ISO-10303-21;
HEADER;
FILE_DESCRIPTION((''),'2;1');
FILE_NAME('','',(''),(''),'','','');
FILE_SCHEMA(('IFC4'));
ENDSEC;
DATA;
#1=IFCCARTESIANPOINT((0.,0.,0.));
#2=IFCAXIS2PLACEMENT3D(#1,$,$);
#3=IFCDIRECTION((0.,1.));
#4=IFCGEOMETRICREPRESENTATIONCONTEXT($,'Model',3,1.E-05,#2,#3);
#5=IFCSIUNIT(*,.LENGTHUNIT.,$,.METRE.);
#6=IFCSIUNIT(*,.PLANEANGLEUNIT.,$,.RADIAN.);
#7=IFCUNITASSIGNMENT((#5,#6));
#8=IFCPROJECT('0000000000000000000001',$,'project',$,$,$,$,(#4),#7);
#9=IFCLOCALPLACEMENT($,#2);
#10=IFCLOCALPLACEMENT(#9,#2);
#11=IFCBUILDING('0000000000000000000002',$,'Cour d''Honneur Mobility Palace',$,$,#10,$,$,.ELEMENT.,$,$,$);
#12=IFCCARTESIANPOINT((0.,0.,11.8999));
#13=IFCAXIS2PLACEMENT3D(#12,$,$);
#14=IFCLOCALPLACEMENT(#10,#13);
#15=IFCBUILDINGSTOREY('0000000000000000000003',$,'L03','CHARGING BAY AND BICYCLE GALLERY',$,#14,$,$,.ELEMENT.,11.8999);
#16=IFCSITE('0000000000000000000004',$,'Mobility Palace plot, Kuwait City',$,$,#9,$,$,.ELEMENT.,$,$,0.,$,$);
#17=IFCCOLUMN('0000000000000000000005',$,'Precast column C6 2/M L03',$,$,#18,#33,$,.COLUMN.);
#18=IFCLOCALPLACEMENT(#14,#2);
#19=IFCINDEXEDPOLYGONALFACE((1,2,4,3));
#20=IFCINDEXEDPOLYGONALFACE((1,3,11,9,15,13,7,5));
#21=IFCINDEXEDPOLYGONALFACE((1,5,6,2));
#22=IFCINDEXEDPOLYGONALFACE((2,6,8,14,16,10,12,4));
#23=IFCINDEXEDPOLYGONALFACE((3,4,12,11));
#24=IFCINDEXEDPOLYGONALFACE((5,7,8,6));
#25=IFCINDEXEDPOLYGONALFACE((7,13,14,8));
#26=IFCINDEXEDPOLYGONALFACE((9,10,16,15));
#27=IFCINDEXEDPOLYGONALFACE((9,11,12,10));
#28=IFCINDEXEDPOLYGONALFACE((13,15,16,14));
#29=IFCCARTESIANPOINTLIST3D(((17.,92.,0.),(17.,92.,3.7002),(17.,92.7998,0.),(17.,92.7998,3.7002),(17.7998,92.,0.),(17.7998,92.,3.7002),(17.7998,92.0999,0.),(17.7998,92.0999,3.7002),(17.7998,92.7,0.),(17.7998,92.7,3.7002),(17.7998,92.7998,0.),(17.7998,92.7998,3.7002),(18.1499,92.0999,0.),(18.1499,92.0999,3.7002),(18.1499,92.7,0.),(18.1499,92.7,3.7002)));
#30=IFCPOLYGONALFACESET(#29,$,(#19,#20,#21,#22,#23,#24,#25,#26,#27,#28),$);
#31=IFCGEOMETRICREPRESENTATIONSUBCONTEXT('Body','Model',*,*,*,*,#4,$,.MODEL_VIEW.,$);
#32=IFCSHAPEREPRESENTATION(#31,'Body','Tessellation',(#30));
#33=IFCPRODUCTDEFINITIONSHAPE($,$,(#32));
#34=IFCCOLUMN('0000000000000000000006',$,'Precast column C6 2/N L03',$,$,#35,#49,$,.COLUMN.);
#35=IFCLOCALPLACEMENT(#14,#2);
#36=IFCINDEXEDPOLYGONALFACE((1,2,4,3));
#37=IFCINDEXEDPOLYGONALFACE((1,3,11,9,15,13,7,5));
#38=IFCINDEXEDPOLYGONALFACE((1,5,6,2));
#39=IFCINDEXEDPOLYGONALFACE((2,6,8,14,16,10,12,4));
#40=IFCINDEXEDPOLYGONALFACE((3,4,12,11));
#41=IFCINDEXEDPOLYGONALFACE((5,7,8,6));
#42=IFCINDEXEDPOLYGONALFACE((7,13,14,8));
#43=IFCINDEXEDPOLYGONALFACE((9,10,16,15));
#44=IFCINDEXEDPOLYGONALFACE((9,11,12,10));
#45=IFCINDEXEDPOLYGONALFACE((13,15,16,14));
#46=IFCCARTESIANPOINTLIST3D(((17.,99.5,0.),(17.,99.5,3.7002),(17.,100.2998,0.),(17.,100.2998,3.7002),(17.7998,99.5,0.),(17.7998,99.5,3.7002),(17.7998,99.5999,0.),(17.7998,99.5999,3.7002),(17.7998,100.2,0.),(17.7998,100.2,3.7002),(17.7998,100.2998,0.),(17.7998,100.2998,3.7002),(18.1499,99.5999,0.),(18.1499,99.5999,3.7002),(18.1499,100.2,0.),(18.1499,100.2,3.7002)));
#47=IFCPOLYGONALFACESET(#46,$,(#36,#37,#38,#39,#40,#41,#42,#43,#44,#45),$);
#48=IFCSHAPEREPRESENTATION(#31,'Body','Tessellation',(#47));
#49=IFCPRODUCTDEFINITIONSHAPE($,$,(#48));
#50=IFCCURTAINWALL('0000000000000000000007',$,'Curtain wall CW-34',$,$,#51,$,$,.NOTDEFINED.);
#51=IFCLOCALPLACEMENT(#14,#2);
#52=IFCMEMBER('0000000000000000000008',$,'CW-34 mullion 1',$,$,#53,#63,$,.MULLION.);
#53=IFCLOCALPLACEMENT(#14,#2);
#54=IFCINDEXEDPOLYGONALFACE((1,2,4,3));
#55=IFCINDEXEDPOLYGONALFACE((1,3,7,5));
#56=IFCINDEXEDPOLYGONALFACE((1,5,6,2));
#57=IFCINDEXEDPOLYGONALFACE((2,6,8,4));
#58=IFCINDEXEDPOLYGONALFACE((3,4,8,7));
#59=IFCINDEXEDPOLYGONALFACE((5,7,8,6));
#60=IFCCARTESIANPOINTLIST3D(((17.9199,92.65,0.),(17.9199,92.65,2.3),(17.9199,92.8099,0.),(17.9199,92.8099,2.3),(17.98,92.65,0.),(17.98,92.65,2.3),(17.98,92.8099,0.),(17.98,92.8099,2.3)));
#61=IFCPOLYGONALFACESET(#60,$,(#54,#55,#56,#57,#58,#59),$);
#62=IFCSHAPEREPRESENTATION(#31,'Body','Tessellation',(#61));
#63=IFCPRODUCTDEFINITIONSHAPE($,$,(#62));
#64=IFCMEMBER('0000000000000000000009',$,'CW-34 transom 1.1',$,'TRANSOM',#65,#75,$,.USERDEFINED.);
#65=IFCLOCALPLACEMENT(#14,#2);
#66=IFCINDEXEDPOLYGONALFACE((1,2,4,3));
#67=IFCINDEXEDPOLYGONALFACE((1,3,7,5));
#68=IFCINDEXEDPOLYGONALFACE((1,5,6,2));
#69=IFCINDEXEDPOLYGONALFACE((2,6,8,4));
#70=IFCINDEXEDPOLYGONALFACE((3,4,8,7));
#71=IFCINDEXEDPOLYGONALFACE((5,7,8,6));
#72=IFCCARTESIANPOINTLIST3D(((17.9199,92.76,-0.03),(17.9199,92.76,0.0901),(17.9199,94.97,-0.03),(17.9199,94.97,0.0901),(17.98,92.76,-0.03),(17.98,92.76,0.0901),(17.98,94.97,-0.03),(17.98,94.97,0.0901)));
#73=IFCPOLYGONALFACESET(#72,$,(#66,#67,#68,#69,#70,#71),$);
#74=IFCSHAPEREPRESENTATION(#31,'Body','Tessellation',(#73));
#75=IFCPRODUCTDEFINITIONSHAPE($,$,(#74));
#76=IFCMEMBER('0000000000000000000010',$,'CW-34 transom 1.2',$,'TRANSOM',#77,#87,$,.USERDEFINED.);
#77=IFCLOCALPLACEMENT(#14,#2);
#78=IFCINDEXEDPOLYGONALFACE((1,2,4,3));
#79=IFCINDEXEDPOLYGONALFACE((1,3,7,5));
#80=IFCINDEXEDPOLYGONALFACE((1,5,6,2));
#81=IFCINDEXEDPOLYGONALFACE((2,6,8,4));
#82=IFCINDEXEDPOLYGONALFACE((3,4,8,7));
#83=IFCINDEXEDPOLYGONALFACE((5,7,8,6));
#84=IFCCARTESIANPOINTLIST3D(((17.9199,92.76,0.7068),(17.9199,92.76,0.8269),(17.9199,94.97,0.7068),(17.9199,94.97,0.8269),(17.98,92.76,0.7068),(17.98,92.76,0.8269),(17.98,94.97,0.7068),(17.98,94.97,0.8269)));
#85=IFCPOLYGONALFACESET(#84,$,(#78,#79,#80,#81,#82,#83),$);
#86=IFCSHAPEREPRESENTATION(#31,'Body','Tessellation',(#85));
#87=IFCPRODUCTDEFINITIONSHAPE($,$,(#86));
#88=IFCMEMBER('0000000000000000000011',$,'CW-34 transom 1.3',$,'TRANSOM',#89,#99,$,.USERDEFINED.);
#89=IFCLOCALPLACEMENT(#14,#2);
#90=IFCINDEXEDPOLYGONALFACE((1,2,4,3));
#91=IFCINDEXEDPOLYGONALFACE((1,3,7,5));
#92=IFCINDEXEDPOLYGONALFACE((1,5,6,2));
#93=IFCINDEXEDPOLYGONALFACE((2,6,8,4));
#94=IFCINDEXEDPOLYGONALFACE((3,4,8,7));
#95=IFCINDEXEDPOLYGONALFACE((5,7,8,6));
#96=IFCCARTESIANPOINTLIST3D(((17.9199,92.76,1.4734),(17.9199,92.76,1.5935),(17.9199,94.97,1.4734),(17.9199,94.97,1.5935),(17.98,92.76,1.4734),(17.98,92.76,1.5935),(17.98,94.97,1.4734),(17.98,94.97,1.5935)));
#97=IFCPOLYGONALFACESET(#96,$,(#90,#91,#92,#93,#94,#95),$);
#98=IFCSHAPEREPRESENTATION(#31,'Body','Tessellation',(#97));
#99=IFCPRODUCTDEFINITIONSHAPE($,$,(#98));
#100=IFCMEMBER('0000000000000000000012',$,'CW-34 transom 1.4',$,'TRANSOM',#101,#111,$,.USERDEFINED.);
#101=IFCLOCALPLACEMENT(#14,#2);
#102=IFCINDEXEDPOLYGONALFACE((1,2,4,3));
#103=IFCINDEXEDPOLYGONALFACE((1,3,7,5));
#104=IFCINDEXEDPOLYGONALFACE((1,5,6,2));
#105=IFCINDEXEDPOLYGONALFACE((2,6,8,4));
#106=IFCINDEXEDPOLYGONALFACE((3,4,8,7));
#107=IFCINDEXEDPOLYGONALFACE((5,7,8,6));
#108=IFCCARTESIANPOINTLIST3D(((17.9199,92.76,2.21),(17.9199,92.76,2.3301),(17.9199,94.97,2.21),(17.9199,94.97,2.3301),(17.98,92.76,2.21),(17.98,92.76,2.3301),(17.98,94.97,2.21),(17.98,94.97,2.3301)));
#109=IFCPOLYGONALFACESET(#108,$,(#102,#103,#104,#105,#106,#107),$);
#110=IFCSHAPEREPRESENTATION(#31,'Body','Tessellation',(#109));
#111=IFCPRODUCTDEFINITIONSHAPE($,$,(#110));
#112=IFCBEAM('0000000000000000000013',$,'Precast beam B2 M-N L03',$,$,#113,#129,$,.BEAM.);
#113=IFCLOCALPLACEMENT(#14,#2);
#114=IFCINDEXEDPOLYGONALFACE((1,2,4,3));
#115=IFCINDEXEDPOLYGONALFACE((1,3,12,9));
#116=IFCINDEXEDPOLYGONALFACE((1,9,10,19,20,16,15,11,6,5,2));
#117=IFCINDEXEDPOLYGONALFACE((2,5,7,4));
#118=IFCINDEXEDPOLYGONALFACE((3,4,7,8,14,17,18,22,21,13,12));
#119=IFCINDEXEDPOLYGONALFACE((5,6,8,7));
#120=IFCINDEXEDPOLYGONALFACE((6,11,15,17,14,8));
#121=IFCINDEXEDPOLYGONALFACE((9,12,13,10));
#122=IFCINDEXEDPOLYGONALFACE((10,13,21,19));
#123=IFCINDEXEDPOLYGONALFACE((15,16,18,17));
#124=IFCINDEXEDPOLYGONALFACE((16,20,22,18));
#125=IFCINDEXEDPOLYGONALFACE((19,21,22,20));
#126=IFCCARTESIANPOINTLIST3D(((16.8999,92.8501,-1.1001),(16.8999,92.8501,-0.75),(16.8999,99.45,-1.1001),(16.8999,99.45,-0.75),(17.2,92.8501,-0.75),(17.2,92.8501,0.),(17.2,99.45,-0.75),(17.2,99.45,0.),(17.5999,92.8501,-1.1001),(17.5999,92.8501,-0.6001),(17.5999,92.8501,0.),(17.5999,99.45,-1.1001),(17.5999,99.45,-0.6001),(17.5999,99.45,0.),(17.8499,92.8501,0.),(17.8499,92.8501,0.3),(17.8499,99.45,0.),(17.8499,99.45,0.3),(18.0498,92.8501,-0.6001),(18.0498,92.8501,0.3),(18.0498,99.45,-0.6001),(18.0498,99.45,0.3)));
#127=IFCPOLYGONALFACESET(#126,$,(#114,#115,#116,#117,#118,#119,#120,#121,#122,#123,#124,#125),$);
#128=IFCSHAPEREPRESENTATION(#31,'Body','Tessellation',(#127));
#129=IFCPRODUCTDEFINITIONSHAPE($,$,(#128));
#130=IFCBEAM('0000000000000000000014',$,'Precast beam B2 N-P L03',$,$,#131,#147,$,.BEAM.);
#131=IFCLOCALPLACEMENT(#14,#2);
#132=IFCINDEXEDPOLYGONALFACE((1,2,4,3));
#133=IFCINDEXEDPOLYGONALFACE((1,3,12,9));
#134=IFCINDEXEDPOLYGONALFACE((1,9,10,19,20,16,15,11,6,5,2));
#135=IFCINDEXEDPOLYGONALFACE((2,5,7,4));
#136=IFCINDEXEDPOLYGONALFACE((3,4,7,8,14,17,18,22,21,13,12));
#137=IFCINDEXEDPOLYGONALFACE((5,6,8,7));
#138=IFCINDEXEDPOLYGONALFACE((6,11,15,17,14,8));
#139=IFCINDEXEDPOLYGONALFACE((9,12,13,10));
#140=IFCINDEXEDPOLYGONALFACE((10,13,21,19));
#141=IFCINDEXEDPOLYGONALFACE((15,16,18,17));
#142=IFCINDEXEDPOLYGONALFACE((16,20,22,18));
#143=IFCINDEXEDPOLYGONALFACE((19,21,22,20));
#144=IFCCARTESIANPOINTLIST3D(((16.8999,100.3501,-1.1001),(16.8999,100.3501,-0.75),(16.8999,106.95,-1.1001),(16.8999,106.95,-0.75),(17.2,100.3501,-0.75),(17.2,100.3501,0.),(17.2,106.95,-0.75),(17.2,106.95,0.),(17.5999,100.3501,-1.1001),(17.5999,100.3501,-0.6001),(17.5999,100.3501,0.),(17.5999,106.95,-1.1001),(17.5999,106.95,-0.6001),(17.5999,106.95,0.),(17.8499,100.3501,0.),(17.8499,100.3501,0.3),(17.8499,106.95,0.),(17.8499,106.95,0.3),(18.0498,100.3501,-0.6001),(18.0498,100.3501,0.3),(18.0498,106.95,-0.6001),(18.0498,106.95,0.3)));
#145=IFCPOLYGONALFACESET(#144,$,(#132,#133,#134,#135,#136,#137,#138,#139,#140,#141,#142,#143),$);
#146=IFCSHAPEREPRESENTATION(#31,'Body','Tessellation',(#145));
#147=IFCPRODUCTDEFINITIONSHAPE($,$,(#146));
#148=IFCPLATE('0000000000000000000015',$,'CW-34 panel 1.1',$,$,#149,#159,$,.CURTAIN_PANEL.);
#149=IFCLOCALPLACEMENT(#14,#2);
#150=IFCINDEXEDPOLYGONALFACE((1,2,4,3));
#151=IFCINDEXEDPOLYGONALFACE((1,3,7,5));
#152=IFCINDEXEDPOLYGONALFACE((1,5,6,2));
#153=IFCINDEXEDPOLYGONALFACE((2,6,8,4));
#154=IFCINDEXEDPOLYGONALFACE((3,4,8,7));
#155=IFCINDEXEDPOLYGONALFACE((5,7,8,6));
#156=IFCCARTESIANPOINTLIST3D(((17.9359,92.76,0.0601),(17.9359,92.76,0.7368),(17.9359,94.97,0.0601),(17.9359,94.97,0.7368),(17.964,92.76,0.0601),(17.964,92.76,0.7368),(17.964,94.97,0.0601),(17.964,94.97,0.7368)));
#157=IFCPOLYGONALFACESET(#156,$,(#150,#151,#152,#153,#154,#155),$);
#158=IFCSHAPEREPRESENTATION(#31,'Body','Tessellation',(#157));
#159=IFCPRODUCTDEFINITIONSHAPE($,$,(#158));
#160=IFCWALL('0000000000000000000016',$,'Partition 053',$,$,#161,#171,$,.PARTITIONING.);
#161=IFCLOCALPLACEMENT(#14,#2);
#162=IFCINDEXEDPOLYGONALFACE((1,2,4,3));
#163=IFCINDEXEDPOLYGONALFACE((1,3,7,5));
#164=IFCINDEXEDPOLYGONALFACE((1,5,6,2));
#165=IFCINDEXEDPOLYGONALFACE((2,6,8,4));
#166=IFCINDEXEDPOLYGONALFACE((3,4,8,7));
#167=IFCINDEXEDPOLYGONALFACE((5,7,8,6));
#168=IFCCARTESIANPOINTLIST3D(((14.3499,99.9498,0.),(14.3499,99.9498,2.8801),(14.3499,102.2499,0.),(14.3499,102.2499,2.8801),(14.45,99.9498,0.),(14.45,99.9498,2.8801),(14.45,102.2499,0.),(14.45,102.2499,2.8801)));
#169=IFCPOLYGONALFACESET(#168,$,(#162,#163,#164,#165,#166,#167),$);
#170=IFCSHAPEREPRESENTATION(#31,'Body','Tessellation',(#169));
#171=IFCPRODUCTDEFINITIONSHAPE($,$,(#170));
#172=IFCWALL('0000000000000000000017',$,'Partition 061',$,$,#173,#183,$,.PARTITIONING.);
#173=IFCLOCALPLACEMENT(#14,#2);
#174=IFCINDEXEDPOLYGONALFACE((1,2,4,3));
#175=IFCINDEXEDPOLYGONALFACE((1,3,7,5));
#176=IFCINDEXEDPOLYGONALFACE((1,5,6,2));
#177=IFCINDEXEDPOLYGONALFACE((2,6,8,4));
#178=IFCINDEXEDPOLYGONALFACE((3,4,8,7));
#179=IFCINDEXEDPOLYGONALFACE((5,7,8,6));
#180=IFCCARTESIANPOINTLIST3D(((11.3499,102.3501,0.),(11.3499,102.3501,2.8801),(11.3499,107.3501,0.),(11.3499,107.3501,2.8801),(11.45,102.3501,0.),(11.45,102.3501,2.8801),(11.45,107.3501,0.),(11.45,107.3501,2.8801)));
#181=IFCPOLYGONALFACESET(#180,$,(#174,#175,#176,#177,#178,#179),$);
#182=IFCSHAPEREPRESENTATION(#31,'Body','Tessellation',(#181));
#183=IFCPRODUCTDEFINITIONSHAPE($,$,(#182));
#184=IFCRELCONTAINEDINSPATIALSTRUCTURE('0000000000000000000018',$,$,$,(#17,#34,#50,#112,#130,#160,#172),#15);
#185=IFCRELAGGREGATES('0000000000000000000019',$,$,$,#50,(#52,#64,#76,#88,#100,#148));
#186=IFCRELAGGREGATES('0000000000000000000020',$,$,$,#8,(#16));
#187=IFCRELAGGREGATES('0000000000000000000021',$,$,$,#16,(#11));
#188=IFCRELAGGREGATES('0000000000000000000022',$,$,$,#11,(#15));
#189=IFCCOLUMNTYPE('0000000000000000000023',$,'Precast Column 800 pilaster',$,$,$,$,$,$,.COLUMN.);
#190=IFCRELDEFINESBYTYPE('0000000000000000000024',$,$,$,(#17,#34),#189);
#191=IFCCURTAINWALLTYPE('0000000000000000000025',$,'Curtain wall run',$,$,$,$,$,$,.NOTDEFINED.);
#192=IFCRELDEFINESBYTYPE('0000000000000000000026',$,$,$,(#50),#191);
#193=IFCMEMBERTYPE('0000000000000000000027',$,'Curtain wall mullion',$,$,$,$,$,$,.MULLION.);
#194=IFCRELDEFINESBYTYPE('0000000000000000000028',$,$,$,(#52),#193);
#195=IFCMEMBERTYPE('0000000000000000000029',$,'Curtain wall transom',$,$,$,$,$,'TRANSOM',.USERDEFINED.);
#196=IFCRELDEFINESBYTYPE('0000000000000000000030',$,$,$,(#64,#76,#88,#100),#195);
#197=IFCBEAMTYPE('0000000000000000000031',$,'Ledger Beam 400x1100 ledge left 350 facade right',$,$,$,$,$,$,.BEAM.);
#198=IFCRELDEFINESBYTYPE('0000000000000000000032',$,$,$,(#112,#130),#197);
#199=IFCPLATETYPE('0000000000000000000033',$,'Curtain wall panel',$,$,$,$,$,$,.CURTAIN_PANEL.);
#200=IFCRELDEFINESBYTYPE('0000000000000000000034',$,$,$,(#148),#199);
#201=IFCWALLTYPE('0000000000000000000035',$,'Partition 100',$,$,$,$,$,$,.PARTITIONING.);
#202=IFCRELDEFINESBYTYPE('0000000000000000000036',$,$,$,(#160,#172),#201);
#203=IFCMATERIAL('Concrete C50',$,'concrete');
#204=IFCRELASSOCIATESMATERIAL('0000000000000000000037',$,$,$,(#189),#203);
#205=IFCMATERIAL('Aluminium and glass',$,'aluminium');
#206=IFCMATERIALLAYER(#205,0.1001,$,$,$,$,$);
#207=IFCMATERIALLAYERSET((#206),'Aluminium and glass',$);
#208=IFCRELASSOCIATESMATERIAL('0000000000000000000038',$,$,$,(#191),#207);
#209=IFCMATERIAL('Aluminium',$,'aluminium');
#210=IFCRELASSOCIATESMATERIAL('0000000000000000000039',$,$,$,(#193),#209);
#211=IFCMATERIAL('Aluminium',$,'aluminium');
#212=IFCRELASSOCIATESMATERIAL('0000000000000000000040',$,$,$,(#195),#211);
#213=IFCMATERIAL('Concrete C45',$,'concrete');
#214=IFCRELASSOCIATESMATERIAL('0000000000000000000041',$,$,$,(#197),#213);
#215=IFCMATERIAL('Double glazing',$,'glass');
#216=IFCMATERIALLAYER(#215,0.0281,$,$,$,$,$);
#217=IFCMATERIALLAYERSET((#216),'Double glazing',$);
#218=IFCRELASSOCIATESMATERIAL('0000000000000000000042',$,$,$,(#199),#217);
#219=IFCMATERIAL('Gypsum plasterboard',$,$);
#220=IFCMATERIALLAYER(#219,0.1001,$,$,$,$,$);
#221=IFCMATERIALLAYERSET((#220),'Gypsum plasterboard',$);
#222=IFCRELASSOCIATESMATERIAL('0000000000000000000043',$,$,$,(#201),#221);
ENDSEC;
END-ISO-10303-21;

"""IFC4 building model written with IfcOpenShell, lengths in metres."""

from ifc_helpers import new_model, si_unit, direction, frame, frame_2d, origin, origin_2d, place, context, subcontext, project, spatial, polyline, rectangle, outline, extrude, material, layer, layer_set, material_profile, profile_set, type_object, element, aggregate, save


model = new_model("IFC4")

# Units and contexts
model_context = context("Model", 3, precision=1e-05, world=origin(), true_north=direction((0.0, 1.0)))
body_context = subcontext(model_context, "Body", "Model", "MODEL_VIEW")
ifc_project = project(units=[si_unit("LENGTHUNIT", "METRE"), si_unit("PLANEANGLEUNIT", "RADIAN")], contexts=[model_context])

# Site, building, storey
site_placement = place(None, origin())
site = spatial("IfcSite", under=ifc_project, at=site_placement, Name="Mobility Palace plot, Kuwait City", CompositionType="ELEMENT", RefElevation=0.0)
building_placement = place(site_placement, origin())
building = spatial("IfcBuilding", under=site, at=building_placement, Name="Cour d'Honneur Mobility Palace", CompositionType="ELEMENT")
storey_placement = place(building_placement, frame((0.0, 0.0, 11.8999)))
storey = spatial("IfcBuildingStorey", under=building, at=storey_placement, Name="L03", Description="CHARGING BAY AND BICYCLE GALLERY", CompositionType="ELEMENT", Elevation=11.8999)

# Columns
ifc_material_1 = material(Name="Concrete C50", Category="concrete")
ifc_material_profile_1 = material_profile(ifc_material_1, outline(polyline([(-0.3999, -0.3999), (0.3999, -0.3999), (0.3999, -0.3), (0.75, -0.3), (0.75, 0.3), (0.3999, 0.3), (0.3999, 0.3999), (-0.3999, 0.3999), (-0.3999, -0.3999)])), Name="PC C800 pilaster")
ifc_profile_set_1 = profile_set([ifc_material_profile_1], Name="Concrete C50")
column_type = type_object("IfcColumnType", Name="Precast Column 800 pilaster", PredefinedType="COLUMN", material=ifc_profile_set_1)
for number, where, z_axis, x_axis, name in (
    (1, (17.3999, 92.3999, 0.0), (0.0, 0.0, 1.0), (1.0, 0.0, 0.0), "Precast column C6 2/M L03"),
    (2, (17.3999, 99.8999, 0.0), (0.0, 0.0, 1.0), (1.0, 0.0, 0.0), "Precast column C6 2/N L03"),
):
    element("IfcColumn", number, at=place(storey_placement, frame(where, z_axis=z_axis, x_axis=x_axis)), inside=storey, type_object=column_type, Name=name, PredefinedType="COLUMN", context=body_context, shape_type="SweptSolid", body=[
        extrude(outline(polyline([(-0.3999, -0.3999), (0.3999, -0.3999), (0.3999, -0.3), (0.75, -0.3), (0.75, 0.3), (0.3999, 0.3), (0.3999, 0.3999), (-0.3999, 0.3999), (-0.3999, -0.3999)])), origin(), (0.0, 0.0, 1.0), 3.7002),
    ])

# Curtain wall, members
ifc_material_2 = material(Name="Aluminium and glass", Category="aluminium")
ifc_layer_1 = layer(ifc_material_2, 0.1001)
ifc_layer_set_1 = layer_set([ifc_layer_1], Name="Aluminium and glass")
curtain_wall_type = type_object("IfcCurtainWallType", Name="Curtain wall run", PredefinedType="NOTDEFINED", material=ifc_layer_set_1)
curtain_wall_placement = place(storey_placement, origin())
curtain_wall = element("IfcCurtainWall", 3, at=curtain_wall_placement, inside=storey, type_object=curtain_wall_type, Name="Curtain wall CW-34", PredefinedType="NOTDEFINED")
ifc_material_3 = material(Name="Aluminium", Category="aluminium")
ifc_material_profile_2 = material_profile(ifc_material_3, rectangle(XDim=0.0601, YDim=0.1599, at=origin_2d()), Name="Curtain wall mullion")
ifc_profile_set_2 = profile_set([ifc_material_profile_2], Name="Aluminium")
member_type_1 = type_object("IfcMemberType", Name="Curtain wall mullion", PredefinedType="MULLION", material=ifc_profile_set_2)
member_1_placement = place(storey_placement, frame((17.95, 92.73, 0.0), z_axis=(0.0, 0.0, 1.0), x_axis=(-1.0, 0.0, 0.0)))
member_1 = element("IfcMember", 4, at=member_1_placement, type_object=member_type_1, Name="CW-34 mullion 1", PredefinedType="MULLION", context=body_context, shape_type="SweptSolid", body=[
    extrude(rectangle(XDim=0.0601, YDim=0.1599, at=origin_2d()), origin(), (0.0, 0.0, 1.0), 2.3),
])
ifc_material_4 = material(Name="Aluminium", Category="aluminium")
ifc_material_profile_3 = material_profile(ifc_material_4, rectangle(XDim=0.0601, YDim=0.1201, at=origin_2d()), Name="Curtain wall transom")
ifc_profile_set_3 = profile_set([ifc_material_profile_3], Name="Aluminium")
member_type_2 = type_object("IfcMemberType", Name="Curtain wall transom", ElementType="TRANSOM", PredefinedType="USERDEFINED", material=ifc_profile_set_3)
member_2_placement = place(storey_placement, frame((17.95, 92.76, 0.03), z_axis=(0.0, 1.0, 0.0), x_axis=(-1.0, 0.0, 0.0)))
member_2 = element("IfcMember", 5, at=member_2_placement, type_object=member_type_2, Name="CW-34 transom 1.1", ObjectType="TRANSOM", PredefinedType="USERDEFINED", context=body_context, shape_type="SweptSolid", body=[
    extrude(rectangle(XDim=0.0601, YDim=0.1201, at=origin_2d()), origin(), (0.0, 0.0, 1.0), 2.21),
])
member_3_placement = place(storey_placement, frame((17.95, 92.76, 0.7668), z_axis=(0.0, 1.0, 0.0), x_axis=(-1.0, 0.0, 0.0)))
member_3 = element("IfcMember", 6, at=member_3_placement, type_object=member_type_2, Name="CW-34 transom 1.2", ObjectType="TRANSOM", PredefinedType="USERDEFINED", context=body_context, shape_type="SweptSolid", body=[
    extrude(rectangle(XDim=0.0601, YDim=0.1201, at=origin_2d()), origin(), (0.0, 0.0, 1.0), 2.21),
])
member_4_placement = place(storey_placement, frame((17.95, 92.76, 1.5334), z_axis=(0.0, 1.0, 0.0), x_axis=(-1.0, 0.0, 0.0)))
member_4 = element("IfcMember", 7, at=member_4_placement, type_object=member_type_2, Name="CW-34 transom 1.3", ObjectType="TRANSOM", PredefinedType="USERDEFINED", context=body_context, shape_type="SweptSolid", body=[
    extrude(rectangle(XDim=0.0601, YDim=0.1201, at=origin_2d()), origin(), (0.0, 0.0, 1.0), 2.21),
])
member_5_placement = place(storey_placement, frame((17.95, 92.76, 2.27), z_axis=(0.0, 1.0, 0.0), x_axis=(-1.0, 0.0, 0.0)))
member_5 = element("IfcMember", 8, at=member_5_placement, type_object=member_type_2, Name="CW-34 transom 1.4", ObjectType="TRANSOM", PredefinedType="USERDEFINED", context=body_context, shape_type="SweptSolid", body=[
    extrude(rectangle(XDim=0.0601, YDim=0.1201, at=origin_2d()), origin(), (0.0, 0.0, 1.0), 2.21),
])

# Beams
ifc_material_5 = material(Name="Concrete C45", Category="concrete")
ifc_material_profile_4 = material_profile(ifc_material_5, outline(polyline([(0.5, -1.1001), (0.5, -0.75), (0.2, -0.75), (0.2, 0.0), (-0.2, 0.0), (-0.45, 0.0), (-0.45, 0.3), (-0.6499, 0.3), (-0.6499, -0.6001), (-0.2, -0.6001), (-0.2, -1.1001), (0.5, -1.1001)])), Name="Ledger Beam 400x1100 ledge left 350 facade right")
ifc_profile_set_4 = profile_set([ifc_material_profile_4], Name="Concrete C45")
beam_type = type_object("IfcBeamType", Name="Ledger Beam 400x1100 ledge left 350 facade right", PredefinedType="BEAM", material=ifc_profile_set_4)
for number, where, z_axis, x_axis, name in (
    (9, (17.3999, 92.8501, 0.0), (0.0, 1.0, 0.0), (-1.0, 0.0, 0.0), "Precast beam B2 M-N L03"),
    (10, (17.3999, 100.3501, 0.0), (0.0, 1.0, 0.0), (-1.0, 0.0, 0.0), "Precast beam B2 N-P L03"),
):
    element("IfcBeam", number, at=place(storey_placement, frame(where, z_axis=z_axis, x_axis=x_axis)), inside=storey, type_object=beam_type, Name=name, PredefinedType="BEAM", context=body_context, shape_type="SweptSolid", body=[
        extrude(outline(polyline([(0.5, -1.1001), (0.5, -0.75), (0.2, -0.75), (0.2, 0.0), (-0.2, 0.0), (-0.45, 0.0), (-0.45, 0.3), (-0.6499, 0.3), (-0.6499, -0.6001), (-0.2, -0.6001), (-0.2, -1.1001), (0.5, -1.1001)])), origin(), (0.0, 0.0, 1.0), 6.5999),
    ])

# Plate
ifc_material_6 = material(Name="Double glazing", Category="glass")
ifc_layer_2 = layer(ifc_material_6, 0.0281)
ifc_layer_set_2 = layer_set([ifc_layer_2], Name="Double glazing")
plate_type = type_object("IfcPlateType", Name="Curtain wall panel", PredefinedType="CURTAIN_PANEL", material=ifc_layer_set_2)
plate_placement = place(storey_placement, frame((17.95, 93.865, 0.0601), z_axis=(0.0, 0.0, 1.0), x_axis=(0.0, 1.0, 0.0)))
plate = element("IfcPlate", 11, at=plate_placement, type_object=plate_type, Name="CW-34 panel 1.1", PredefinedType="CURTAIN_PANEL", context=body_context, shape_type="SweptSolid", body=[
    extrude(rectangle(XDim=2.21, YDim=0.0281, at=origin_2d()), origin(), (0.0, 0.0, 1.0), 0.6768),
])
aggregate(curtain_wall, [member_1, member_2, member_3, member_4, member_5, plate])

# Walls
ifc_material_7 = material(Name="Gypsum plasterboard")
ifc_layer_3 = layer(ifc_material_7, 0.1001)
ifc_layer_set_3 = layer_set([ifc_layer_3], Name="Gypsum plasterboard")
wall_type = type_object("IfcWallType", Name="Partition 100", PredefinedType="PARTITIONING", material=ifc_layer_set_3)
wall_1_placement = place(storey_placement, frame((14.3999, 99.95, 0.0), z_axis=(0.0, 0.0, 1.0), x_axis=(0.0, 1.0, 0.0)))
element("IfcWall", 12, at=wall_1_placement, inside=storey, type_object=wall_type, Name="Partition 053", PredefinedType="PARTITIONING", context=body_context, shape_type="SweptSolid", body=[
    extrude(rectangle(XDim=2.3, YDim=0.1001, at=frame_2d((1.1499, 0.0))), origin(), (0.0, 0.0, 1.0), 2.8801),
])
wall_2_placement = place(storey_placement, frame((11.3999, 102.3501, 0.0), z_axis=(0.0, 0.0, 1.0), x_axis=(0.0, 1.0, 0.0)))
element("IfcWall", 13, at=wall_2_placement, inside=storey, type_object=wall_type, Name="Partition 061", PredefinedType="PARTITIONING", context=body_context, shape_type="SweptSolid", body=[
    extrude(rectangle(XDim=5.0, YDim=0.1001, at=frame_2d((2.5, 0.0))), origin(), (0.0, 0.0, 1.0), 2.8801),
])

save(model, "model.ifc")
